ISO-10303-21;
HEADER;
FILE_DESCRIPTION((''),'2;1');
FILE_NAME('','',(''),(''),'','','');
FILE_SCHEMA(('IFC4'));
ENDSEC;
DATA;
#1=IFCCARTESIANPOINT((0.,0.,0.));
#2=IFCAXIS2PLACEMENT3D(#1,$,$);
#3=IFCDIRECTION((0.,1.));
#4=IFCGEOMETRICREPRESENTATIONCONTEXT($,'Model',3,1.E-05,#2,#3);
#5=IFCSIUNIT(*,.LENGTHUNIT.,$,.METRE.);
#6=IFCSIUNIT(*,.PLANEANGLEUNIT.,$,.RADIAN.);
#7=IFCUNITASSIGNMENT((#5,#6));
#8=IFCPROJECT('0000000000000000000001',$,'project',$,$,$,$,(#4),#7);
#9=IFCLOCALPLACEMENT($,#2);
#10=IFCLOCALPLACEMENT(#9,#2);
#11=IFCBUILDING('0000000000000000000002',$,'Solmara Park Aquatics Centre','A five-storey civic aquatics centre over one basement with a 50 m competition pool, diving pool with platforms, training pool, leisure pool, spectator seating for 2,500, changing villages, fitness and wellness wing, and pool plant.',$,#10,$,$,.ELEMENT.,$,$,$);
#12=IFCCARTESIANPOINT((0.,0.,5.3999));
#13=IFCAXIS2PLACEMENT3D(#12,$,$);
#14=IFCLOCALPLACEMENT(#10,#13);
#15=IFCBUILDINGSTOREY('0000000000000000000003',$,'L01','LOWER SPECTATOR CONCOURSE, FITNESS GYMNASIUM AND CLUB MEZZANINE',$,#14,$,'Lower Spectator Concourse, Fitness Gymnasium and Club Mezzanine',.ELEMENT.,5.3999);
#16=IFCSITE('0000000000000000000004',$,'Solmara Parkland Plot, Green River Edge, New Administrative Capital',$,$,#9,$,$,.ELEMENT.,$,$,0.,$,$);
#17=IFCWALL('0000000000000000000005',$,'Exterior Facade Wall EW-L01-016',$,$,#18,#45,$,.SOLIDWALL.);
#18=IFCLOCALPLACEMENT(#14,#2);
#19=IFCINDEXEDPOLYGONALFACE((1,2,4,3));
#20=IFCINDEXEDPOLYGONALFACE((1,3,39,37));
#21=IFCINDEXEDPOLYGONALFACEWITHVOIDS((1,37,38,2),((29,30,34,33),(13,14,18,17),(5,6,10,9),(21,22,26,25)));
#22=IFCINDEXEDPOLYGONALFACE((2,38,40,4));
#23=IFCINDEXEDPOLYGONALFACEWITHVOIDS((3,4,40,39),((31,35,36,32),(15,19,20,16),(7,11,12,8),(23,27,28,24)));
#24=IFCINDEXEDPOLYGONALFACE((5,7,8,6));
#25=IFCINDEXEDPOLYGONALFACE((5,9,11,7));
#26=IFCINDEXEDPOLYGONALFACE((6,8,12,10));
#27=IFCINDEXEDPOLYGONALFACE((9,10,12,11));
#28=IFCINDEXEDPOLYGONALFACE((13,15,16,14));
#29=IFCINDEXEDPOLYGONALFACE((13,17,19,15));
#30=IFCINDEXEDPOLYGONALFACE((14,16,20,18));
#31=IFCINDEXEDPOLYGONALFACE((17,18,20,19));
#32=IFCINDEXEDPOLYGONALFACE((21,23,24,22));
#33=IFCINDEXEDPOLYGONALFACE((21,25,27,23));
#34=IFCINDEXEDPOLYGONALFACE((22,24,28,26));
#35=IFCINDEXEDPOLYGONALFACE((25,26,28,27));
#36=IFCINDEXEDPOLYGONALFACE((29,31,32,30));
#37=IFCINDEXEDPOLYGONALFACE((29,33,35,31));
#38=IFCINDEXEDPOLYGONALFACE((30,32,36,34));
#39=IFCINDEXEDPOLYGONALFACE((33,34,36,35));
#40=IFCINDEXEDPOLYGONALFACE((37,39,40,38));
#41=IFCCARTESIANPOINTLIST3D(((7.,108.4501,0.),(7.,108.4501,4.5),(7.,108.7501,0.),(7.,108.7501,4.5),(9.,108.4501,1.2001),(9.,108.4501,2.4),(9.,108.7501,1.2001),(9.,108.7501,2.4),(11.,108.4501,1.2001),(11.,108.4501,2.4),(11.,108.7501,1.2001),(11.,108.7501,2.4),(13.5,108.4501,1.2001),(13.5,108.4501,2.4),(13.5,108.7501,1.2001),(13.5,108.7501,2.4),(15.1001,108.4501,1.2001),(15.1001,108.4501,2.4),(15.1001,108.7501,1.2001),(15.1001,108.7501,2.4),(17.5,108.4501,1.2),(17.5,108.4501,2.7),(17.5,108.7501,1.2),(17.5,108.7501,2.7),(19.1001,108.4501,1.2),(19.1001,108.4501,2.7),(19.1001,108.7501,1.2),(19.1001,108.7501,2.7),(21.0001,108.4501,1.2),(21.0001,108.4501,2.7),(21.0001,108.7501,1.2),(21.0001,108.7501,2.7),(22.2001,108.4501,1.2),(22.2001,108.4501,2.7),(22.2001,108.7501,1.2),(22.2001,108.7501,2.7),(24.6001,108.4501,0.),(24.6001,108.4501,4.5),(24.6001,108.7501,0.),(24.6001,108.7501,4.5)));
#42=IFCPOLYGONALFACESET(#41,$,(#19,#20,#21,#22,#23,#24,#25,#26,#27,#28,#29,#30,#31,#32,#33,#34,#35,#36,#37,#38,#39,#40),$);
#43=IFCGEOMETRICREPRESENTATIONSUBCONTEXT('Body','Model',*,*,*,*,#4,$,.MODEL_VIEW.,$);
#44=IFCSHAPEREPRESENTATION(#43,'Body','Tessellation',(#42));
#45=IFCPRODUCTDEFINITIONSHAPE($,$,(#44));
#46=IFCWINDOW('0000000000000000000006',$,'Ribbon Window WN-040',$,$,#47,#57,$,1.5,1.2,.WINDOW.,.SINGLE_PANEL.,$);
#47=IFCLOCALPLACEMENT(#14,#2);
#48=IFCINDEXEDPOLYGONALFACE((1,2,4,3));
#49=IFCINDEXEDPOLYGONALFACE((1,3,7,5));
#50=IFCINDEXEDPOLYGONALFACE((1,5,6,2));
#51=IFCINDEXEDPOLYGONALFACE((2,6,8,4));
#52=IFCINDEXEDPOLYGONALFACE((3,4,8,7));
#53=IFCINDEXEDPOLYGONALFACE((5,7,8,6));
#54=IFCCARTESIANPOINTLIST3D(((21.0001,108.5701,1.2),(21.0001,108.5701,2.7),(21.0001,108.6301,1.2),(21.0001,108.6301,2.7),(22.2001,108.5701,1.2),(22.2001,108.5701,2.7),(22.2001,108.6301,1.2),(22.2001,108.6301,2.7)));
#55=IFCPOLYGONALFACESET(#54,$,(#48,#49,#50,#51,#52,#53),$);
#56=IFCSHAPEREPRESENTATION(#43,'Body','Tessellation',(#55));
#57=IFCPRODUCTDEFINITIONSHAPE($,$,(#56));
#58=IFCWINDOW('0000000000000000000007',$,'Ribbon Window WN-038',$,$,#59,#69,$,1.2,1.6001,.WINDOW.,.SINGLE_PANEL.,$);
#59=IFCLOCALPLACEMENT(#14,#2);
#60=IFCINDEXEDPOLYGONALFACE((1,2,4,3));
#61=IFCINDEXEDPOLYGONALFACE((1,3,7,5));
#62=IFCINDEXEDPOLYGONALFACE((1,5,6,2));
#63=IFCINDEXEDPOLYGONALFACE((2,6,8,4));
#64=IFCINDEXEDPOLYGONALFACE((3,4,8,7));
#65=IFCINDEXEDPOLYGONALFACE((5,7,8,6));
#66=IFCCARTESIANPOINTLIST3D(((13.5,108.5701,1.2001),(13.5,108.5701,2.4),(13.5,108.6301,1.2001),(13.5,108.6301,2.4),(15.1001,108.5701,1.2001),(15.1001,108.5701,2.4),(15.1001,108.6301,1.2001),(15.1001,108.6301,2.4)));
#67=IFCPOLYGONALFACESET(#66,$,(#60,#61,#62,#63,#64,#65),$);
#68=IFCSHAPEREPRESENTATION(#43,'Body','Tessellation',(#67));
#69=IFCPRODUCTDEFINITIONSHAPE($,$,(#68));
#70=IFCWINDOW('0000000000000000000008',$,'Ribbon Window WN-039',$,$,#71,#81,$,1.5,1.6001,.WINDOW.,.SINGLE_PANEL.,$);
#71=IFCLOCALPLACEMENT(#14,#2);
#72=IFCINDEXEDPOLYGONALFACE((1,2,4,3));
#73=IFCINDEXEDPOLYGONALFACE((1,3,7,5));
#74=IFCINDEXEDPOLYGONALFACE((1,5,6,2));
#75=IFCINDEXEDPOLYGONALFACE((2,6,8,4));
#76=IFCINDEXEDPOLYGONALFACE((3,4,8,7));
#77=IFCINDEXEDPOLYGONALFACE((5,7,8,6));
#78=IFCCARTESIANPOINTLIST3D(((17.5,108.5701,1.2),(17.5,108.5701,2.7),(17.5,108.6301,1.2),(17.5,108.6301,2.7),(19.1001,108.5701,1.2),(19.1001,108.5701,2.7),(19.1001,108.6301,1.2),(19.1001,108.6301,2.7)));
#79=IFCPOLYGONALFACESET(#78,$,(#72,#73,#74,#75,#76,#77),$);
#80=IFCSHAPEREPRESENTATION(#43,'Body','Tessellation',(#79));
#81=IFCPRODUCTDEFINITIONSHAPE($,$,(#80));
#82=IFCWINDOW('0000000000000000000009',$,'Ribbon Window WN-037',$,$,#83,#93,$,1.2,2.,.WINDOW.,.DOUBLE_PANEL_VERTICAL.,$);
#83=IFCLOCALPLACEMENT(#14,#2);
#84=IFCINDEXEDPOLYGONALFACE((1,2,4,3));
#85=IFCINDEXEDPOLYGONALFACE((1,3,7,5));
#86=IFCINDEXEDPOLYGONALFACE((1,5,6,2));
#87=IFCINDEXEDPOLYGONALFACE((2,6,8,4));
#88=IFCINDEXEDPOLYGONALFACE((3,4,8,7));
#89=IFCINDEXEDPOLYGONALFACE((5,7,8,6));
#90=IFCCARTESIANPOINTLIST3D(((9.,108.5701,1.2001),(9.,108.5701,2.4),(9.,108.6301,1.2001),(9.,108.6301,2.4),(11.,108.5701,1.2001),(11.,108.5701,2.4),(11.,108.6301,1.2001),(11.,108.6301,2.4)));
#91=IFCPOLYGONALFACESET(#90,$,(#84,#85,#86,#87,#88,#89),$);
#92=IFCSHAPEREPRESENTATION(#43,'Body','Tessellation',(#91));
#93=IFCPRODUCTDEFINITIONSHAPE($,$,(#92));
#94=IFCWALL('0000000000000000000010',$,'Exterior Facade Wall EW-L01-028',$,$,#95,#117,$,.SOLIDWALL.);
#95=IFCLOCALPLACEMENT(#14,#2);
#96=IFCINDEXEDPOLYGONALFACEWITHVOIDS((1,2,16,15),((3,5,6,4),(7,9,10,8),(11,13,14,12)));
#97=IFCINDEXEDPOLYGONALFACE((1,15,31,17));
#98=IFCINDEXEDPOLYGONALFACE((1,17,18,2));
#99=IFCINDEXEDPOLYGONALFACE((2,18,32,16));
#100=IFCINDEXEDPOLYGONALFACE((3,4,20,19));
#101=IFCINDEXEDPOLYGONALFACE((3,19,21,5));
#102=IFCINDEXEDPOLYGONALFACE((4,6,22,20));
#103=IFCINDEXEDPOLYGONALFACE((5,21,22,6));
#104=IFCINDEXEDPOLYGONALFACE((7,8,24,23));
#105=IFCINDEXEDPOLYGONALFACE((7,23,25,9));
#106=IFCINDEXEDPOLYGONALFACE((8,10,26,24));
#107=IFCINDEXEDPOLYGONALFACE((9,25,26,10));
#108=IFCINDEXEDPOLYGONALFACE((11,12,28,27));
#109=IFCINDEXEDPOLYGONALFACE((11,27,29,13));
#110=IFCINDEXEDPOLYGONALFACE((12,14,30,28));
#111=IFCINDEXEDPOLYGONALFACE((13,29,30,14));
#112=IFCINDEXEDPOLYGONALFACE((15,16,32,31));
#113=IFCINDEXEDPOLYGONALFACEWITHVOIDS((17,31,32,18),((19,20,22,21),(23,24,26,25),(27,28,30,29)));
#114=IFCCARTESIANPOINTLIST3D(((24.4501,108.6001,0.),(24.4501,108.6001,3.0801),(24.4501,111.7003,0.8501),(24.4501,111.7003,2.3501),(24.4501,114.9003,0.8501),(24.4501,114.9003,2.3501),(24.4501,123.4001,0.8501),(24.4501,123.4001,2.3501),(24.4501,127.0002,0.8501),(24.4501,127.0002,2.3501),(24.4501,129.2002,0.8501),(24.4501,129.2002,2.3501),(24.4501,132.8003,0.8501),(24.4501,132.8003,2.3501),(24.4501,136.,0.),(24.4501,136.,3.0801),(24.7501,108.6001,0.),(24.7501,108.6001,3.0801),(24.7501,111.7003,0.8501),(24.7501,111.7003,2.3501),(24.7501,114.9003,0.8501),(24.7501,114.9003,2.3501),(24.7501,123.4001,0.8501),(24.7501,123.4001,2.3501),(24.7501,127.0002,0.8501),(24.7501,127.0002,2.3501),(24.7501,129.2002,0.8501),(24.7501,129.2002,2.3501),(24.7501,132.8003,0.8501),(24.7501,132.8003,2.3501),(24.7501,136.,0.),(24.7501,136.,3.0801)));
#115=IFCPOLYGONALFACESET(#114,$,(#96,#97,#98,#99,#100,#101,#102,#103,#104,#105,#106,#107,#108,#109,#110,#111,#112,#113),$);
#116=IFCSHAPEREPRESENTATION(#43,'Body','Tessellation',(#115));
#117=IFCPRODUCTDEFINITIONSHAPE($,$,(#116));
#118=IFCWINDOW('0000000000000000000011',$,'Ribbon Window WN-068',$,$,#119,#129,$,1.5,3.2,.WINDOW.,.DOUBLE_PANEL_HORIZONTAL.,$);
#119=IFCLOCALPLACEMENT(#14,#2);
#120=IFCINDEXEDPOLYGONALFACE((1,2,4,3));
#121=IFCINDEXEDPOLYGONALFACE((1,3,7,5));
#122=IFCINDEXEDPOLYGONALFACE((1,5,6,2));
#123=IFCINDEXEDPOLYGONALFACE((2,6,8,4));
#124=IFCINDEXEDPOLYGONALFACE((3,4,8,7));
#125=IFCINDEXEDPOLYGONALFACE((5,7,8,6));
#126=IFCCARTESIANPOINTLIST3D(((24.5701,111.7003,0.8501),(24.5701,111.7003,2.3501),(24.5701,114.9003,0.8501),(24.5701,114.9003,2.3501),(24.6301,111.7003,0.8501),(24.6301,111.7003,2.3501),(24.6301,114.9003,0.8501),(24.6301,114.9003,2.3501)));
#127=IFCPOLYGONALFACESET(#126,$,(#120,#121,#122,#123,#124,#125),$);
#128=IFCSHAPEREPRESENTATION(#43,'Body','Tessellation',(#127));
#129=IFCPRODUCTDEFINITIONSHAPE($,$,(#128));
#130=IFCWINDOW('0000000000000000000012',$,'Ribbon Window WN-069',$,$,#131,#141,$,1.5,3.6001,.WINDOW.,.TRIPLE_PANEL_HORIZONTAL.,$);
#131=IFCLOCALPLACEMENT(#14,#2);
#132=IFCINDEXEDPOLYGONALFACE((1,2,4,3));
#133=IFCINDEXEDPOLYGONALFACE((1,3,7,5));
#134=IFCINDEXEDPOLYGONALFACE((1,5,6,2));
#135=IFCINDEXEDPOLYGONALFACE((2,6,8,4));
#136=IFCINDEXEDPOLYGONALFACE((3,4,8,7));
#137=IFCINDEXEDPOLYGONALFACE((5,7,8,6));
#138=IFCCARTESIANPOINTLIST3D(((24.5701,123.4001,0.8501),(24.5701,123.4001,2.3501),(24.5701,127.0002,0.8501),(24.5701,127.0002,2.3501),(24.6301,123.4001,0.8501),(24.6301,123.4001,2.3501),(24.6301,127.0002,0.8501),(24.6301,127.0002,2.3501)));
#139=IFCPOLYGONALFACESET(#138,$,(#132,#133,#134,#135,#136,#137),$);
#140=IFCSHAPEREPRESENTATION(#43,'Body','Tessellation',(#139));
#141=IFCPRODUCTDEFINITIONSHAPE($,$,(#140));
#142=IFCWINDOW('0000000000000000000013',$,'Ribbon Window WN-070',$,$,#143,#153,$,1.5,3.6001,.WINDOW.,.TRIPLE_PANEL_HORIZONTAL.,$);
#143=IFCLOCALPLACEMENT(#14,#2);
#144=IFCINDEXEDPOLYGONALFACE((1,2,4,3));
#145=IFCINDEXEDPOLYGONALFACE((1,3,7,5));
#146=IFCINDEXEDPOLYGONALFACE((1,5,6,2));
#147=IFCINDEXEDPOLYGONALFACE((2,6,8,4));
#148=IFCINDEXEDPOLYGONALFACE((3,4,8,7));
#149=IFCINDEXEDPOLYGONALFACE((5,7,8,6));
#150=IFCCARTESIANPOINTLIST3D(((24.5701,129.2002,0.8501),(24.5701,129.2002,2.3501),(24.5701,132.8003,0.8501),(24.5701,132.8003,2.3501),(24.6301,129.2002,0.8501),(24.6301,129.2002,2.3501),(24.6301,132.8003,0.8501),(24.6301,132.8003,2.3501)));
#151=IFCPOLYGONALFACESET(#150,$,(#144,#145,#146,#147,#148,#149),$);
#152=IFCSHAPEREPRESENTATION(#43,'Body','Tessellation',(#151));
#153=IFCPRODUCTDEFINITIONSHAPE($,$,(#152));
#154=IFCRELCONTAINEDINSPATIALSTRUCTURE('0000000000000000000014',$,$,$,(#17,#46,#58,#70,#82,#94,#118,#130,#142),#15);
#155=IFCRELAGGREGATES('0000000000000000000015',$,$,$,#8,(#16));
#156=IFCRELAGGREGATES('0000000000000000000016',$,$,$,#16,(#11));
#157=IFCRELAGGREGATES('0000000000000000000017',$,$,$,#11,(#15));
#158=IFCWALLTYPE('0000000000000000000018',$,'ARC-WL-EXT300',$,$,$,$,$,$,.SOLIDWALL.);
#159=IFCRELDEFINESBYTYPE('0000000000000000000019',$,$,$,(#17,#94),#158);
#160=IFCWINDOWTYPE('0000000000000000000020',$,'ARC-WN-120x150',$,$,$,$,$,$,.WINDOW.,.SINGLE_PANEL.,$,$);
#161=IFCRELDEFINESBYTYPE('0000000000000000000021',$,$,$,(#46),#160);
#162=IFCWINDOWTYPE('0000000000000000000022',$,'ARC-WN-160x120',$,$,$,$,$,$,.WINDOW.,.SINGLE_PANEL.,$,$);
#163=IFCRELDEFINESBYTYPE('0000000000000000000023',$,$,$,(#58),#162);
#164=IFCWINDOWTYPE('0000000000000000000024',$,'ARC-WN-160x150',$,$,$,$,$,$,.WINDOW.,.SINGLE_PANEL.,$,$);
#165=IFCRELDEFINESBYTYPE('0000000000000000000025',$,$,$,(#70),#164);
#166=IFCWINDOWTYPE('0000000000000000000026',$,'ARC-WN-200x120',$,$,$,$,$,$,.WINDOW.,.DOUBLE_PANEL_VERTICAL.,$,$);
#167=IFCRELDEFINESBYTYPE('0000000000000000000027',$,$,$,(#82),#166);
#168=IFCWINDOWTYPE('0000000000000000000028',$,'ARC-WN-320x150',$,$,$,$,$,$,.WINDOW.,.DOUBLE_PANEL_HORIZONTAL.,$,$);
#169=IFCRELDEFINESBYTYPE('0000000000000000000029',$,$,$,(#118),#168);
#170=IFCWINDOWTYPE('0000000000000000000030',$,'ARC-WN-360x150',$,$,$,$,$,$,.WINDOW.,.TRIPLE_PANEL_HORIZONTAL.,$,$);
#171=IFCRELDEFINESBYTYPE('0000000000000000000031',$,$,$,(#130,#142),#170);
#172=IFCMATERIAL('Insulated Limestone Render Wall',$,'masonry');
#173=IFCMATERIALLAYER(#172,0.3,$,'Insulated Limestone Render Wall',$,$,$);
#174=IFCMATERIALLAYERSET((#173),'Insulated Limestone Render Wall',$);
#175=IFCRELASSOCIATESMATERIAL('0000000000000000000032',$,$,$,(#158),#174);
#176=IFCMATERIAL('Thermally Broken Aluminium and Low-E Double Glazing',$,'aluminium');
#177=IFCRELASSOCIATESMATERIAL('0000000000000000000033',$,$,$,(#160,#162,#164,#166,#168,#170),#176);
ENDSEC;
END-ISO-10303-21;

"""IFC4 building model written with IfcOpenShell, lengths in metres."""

from ifc_helpers import new_model, si_unit, direction, frame, frame_2d, origin, place, context, subcontext, project, spatial, rectangle, extrude, material, layer, layer_set, type_object, element, fill, save


model = new_model("IFC4")

# Units and contexts
model_context = context("Model", 3, precision=1e-05, world=origin(), true_north=direction((0.0, 1.0)))
body_context = subcontext(model_context, "Body", "Model", "MODEL_VIEW")
ifc_project = project(units=[si_unit("LENGTHUNIT", "METRE"), si_unit("PLANEANGLEUNIT", "RADIAN")], contexts=[model_context])

# Site, building, storey
site_placement = place(None, origin())
site = spatial("IfcSite", under=ifc_project, at=site_placement, Name="Solmara Parkland Plot, Green River Edge, New Administrative Capital", CompositionType="ELEMENT", RefElevation=0.0)
building_placement = place(site_placement, origin())
building = spatial("IfcBuilding", under=site, at=building_placement, Name="Solmara Park Aquatics Centre", Description="A five-storey civic aquatics centre over one basement with a 50 m competition pool, diving pool with platforms, training pool, leisure pool, spectator seating for 2,500, changing villages, fitness and wellness wing, and pool plant.", CompositionType="ELEMENT")
storey_placement = place(building_placement, frame((0.0, 0.0, 5.3999)))
storey = spatial("IfcBuildingStorey", under=building, at=storey_placement, Name="L01", Description="LOWER SPECTATOR CONCOURSE, FITNESS GYMNASIUM AND CLUB MEZZANINE", LongName="Lower Spectator Concourse, Fitness Gymnasium and Club Mezzanine", CompositionType="ELEMENT", Elevation=5.3999)

# Walls, openings, windows
ifc_material_1 = material(Name="Insulated Limestone Render Wall", Category="masonry")
ifc_layer_1 = layer(ifc_material_1, 0.3, Name="Insulated Limestone Render Wall")
ifc_layer_set_1 = layer_set([ifc_layer_1], Name="Insulated Limestone Render Wall")
wall_type_1 = type_object("IfcWallType", Name="ARC-WL-EXT300", PredefinedType="SOLIDWALL", material=ifc_layer_set_1)
wall_1_placement = place(storey_placement, frame((7.0, 108.6001, 0.0), z_axis=(0.0, 0.0, 1.0), x_axis=(1.0, 0.0, 0.0)))
wall_1 = element("IfcWall", 1, at=wall_1_placement, inside=storey, type_object=wall_type_1, Name="Exterior Facade Wall EW-L01-016", PredefinedType="SOLIDWALL", context=body_context, shape_type="SweptSolid", body=[
    extrude(rectangle(XDim=17.6001, YDim=0.3, at=frame_2d((8.8, 0.0))), origin(), (0.0, 0.0, 1.0), 4.5),
])
opening_1_placement = place(wall_1_placement, frame((2.0, 0.0, 1.2)))
opening_1 = element("IfcOpeningElement", 2, at=opening_1_placement, cuts=wall_1, PredefinedType="OPENING", context=body_context, shape_type="SweptSolid", body=[
    extrude(rectangle(XDim=2.0, YDim=1.2, at=frame_2d((1.0, 0.6001))), frame((0.0, 0.1599, 0.0), z_axis=(0.0, -1.0, 0.0), x_axis=(1.0, 0.0, 0.0)), (0.0, 0.0, 1.0), 0.3201),
])
opening_2_placement = place(wall_1_placement, frame((6.5, 0.0, 1.2)))
opening_2 = element("IfcOpeningElement", 3, at=opening_2_placement, cuts=wall_1, PredefinedType="OPENING", context=body_context, shape_type="SweptSolid", body=[
    extrude(rectangle(XDim=1.6001, YDim=1.2, at=frame_2d((0.8, 0.6001))), frame((0.0, 0.1599, 0.0), z_axis=(0.0, -1.0, 0.0), x_axis=(1.0, 0.0, 0.0)), (0.0, 0.0, 1.0), 0.3201),
])
opening_3_placement = place(wall_1_placement, frame((10.5, 0.0, 1.2)))
opening_3 = element("IfcOpeningElement", 4, at=opening_3_placement, cuts=wall_1, PredefinedType="OPENING", context=body_context, shape_type="SweptSolid", body=[
    extrude(rectangle(XDim=1.6001, YDim=1.5, at=frame_2d((0.8, 0.75))), frame((0.0, 0.1599, 0.0), z_axis=(0.0, -1.0, 0.0), x_axis=(1.0, 0.0, 0.0)), (0.0, 0.0, 1.0), 0.3201),
])
opening_4_placement = place(wall_1_placement, frame((14.0, 0.0, 1.2)))
opening_4 = element("IfcOpeningElement", 5, at=opening_4_placement, cuts=wall_1, PredefinedType="OPENING", context=body_context, shape_type="SweptSolid", body=[
    extrude(rectangle(XDim=1.2, YDim=1.5, at=frame_2d((0.6001, 0.75))), frame((0.0, 0.1599, 0.0), z_axis=(0.0, -1.0, 0.0), x_axis=(1.0, 0.0, 0.0)), (0.0, 0.0, 1.0), 0.3201),
])
ifc_material_2 = material(Name="Thermally Broken Aluminium and Low-E Double Glazing", Category="aluminium")
window_type_1 = type_object("IfcWindowType", Name="ARC-WN-120x150", PartitioningType="SINGLE_PANEL", PredefinedType="WINDOW", material=ifc_material_2)
window_1_placement = place(opening_4_placement, origin())
window_1 = element("IfcWindow", 6, at=window_1_placement, inside=storey, type_object=window_type_1, Name="Ribbon Window WN-040", OverallHeight=1.5, OverallWidth=1.2, PartitioningType="SINGLE_PANEL", PredefinedType="WINDOW", context=body_context, shape_type="SweptSolid", body=[
    extrude(rectangle(XDim=1.2, YDim=1.5, at=frame_2d((0.6001, 0.75))), frame((0.0, 0.03, 0.0), z_axis=(0.0, -1.0, 0.0), x_axis=(1.0, 0.0, 0.0)), (0.0, 0.0, 1.0), 0.0601),
])
fill(opening_4, window_1)
window_type_2 = type_object("IfcWindowType", Name="ARC-WN-160x120", PartitioningType="SINGLE_PANEL", PredefinedType="WINDOW", material=ifc_material_2)
window_2_placement = place(opening_2_placement, origin())
window_2 = element("IfcWindow", 7, at=window_2_placement, inside=storey, type_object=window_type_2, Name="Ribbon Window WN-038", OverallHeight=1.2, OverallWidth=1.6001, PartitioningType="SINGLE_PANEL", PredefinedType="WINDOW", context=body_context, shape_type="SweptSolid", body=[
    extrude(rectangle(XDim=1.6001, YDim=1.2, at=frame_2d((0.8, 0.6001))), frame((0.0, 0.03, 0.0), z_axis=(0.0, -1.0, 0.0), x_axis=(1.0, 0.0, 0.0)), (0.0, 0.0, 1.0), 0.0601),
])
fill(opening_2, window_2)
window_type_3 = type_object("IfcWindowType", Name="ARC-WN-160x150", PartitioningType="SINGLE_PANEL", PredefinedType="WINDOW", material=ifc_material_2)
window_3_placement = place(opening_3_placement, origin())
window_3 = element("IfcWindow", 8, at=window_3_placement, inside=storey, type_object=window_type_3, Name="Ribbon Window WN-039", OverallHeight=1.5, OverallWidth=1.6001, PartitioningType="SINGLE_PANEL", PredefinedType="WINDOW", context=body_context, shape_type="SweptSolid", body=[
    extrude(rectangle(XDim=1.6001, YDim=1.5, at=frame_2d((0.8, 0.75))), frame((0.0, 0.03, 0.0), z_axis=(0.0, -1.0, 0.0), x_axis=(1.0, 0.0, 0.0)), (0.0, 0.0, 1.0), 0.0601),
])
fill(opening_3, window_3)
window_type_4 = type_object("IfcWindowType", Name="ARC-WN-200x120", PartitioningType="DOUBLE_PANEL_VERTICAL", PredefinedType="WINDOW", material=ifc_material_2)
window_4_placement = place(opening_1_placement, origin())
window_4 = element("IfcWindow", 9, at=window_4_placement, inside=storey, type_object=window_type_4, Name="Ribbon Window WN-037", OverallHeight=1.2, OverallWidth=2.0, PartitioningType="DOUBLE_PANEL_VERTICAL", PredefinedType="WINDOW", context=body_context, shape_type="SweptSolid", body=[
    extrude(rectangle(XDim=2.0, YDim=1.2, at=frame_2d((1.0, 0.6001))), frame((0.0, 0.03, 0.0), z_axis=(0.0, -1.0, 0.0), x_axis=(1.0, 0.0, 0.0)), (0.0, 0.0, 1.0), 0.0601),
])
fill(opening_1, window_4)
wall_2_placement = place(storey_placement, frame((24.6001, 108.6001, 0.0), z_axis=(0.0, 0.0, 1.0), x_axis=(0.0, 1.0, 0.0)))
wall_2 = element("IfcWall", 10, at=wall_2_placement, inside=storey, type_object=wall_type_1, Name="Exterior Facade Wall EW-L01-028", PredefinedType="SOLIDWALL", context=body_context, shape_type="SweptSolid", body=[
    extrude(rectangle(XDim=27.3999, YDim=0.3, at=frame_2d((13.7, 0.0))), origin(), (0.0, 0.0, 1.0), 3.0801),
])
opening_5_placement = place(wall_2_placement, frame((3.1001, 0.0, 0.8501)))
opening_5 = element("IfcOpeningElement", 11, at=opening_5_placement, cuts=wall_2, PredefinedType="OPENING", context=body_context, shape_type="SweptSolid", body=[
    extrude(rectangle(XDim=3.2, YDim=1.5, at=frame_2d((1.6001, 0.75))), frame((0.0, 0.1599, 0.0), z_axis=(0.0, -1.0, 0.0), x_axis=(1.0, 0.0, 0.0)), (0.0, 0.0, 1.0), 0.3201),
])
opening_6_placement = place(wall_2_placement, frame((14.8, 0.0, 0.8501)))
opening_6 = element("IfcOpeningElement", 12, at=opening_6_placement, cuts=wall_2, PredefinedType="OPENING", context=body_context, shape_type="SweptSolid", body=[
    extrude(rectangle(XDim=3.6001, YDim=1.5, at=frame_2d((1.8, 0.75))), frame((0.0, 0.1599, 0.0), z_axis=(0.0, -1.0, 0.0), x_axis=(1.0, 0.0, 0.0)), (0.0, 0.0, 1.0), 0.3201),
])
opening_7_placement = place(wall_2_placement, frame((20.6001, 0.0, 0.8501)))
opening_7 = element("IfcOpeningElement", 13, at=opening_7_placement, cuts=wall_2, PredefinedType="OPENING", context=body_context, shape_type="SweptSolid", body=[
    extrude(rectangle(XDim=3.6001, YDim=1.5, at=frame_2d((1.8, 0.75))), frame((0.0, 0.1599, 0.0), z_axis=(0.0, -1.0, 0.0), x_axis=(1.0, 0.0, 0.0)), (0.0, 0.0, 1.0), 0.3201),
])
window_type_5 = type_object("IfcWindowType", Name="ARC-WN-320x150", PartitioningType="DOUBLE_PANEL_HORIZONTAL", PredefinedType="WINDOW", material=ifc_material_2)
window_5_placement = place(opening_5_placement, origin())
window_5 = element("IfcWindow", 14, at=window_5_placement, inside=storey, type_object=window_type_5, Name="Ribbon Window WN-068", OverallHeight=1.5, OverallWidth=3.2, PartitioningType="DOUBLE_PANEL_HORIZONTAL", PredefinedType="WINDOW", context=body_context, shape_type="SweptSolid", body=[
    extrude(rectangle(XDim=3.2, YDim=1.5, at=frame_2d((1.6001, 0.75))), frame((0.0, 0.03, 0.0), z_axis=(0.0, -1.0, 0.0), x_axis=(1.0, 0.0, 0.0)), (0.0, 0.0, 1.0), 0.0601),
])
fill(opening_5, window_5)
window_type_6 = type_object("IfcWindowType", Name="ARC-WN-360x150", PartitioningType="TRIPLE_PANEL_HORIZONTAL", PredefinedType="WINDOW", material=ifc_material_2)
window_6_placement = place(opening_6_placement, origin())
window_6 = element("IfcWindow", 15, at=window_6_placement, inside=storey, type_object=window_type_6, Name="Ribbon Window WN-069", OverallHeight=1.5, OverallWidth=3.6001, PartitioningType="TRIPLE_PANEL_HORIZONTAL", PredefinedType="WINDOW", context=body_context, shape_type="SweptSolid", body=[
    extrude(rectangle(XDim=3.6001, YDim=1.5, at=frame_2d((1.8, 0.75))), frame((0.0, 0.03, 0.0), z_axis=(0.0, -1.0, 0.0), x_axis=(1.0, 0.0, 0.0)), (0.0, 0.0, 1.0), 0.0601),
])
fill(opening_6, window_6)
window_7_placement = place(opening_7_placement, origin())
window_7 = element("IfcWindow", 16, at=window_7_placement, inside=storey, type_object=window_type_6, Name="Ribbon Window WN-070", OverallHeight=1.5, OverallWidth=3.6001, PartitioningType="TRIPLE_PANEL_HORIZONTAL", PredefinedType="WINDOW", context=body_context, shape_type="SweptSolid", body=[
    extrude(rectangle(XDim=3.6001, YDim=1.5, at=frame_2d((1.8, 0.75))), frame((0.0, 0.03, 0.0), z_axis=(0.0, -1.0, 0.0), x_axis=(1.0, 0.0, 0.0)), (0.0, 0.0, 1.0), 0.0601),
])
fill(opening_7, window_7)

save(model, "model.ifc")
